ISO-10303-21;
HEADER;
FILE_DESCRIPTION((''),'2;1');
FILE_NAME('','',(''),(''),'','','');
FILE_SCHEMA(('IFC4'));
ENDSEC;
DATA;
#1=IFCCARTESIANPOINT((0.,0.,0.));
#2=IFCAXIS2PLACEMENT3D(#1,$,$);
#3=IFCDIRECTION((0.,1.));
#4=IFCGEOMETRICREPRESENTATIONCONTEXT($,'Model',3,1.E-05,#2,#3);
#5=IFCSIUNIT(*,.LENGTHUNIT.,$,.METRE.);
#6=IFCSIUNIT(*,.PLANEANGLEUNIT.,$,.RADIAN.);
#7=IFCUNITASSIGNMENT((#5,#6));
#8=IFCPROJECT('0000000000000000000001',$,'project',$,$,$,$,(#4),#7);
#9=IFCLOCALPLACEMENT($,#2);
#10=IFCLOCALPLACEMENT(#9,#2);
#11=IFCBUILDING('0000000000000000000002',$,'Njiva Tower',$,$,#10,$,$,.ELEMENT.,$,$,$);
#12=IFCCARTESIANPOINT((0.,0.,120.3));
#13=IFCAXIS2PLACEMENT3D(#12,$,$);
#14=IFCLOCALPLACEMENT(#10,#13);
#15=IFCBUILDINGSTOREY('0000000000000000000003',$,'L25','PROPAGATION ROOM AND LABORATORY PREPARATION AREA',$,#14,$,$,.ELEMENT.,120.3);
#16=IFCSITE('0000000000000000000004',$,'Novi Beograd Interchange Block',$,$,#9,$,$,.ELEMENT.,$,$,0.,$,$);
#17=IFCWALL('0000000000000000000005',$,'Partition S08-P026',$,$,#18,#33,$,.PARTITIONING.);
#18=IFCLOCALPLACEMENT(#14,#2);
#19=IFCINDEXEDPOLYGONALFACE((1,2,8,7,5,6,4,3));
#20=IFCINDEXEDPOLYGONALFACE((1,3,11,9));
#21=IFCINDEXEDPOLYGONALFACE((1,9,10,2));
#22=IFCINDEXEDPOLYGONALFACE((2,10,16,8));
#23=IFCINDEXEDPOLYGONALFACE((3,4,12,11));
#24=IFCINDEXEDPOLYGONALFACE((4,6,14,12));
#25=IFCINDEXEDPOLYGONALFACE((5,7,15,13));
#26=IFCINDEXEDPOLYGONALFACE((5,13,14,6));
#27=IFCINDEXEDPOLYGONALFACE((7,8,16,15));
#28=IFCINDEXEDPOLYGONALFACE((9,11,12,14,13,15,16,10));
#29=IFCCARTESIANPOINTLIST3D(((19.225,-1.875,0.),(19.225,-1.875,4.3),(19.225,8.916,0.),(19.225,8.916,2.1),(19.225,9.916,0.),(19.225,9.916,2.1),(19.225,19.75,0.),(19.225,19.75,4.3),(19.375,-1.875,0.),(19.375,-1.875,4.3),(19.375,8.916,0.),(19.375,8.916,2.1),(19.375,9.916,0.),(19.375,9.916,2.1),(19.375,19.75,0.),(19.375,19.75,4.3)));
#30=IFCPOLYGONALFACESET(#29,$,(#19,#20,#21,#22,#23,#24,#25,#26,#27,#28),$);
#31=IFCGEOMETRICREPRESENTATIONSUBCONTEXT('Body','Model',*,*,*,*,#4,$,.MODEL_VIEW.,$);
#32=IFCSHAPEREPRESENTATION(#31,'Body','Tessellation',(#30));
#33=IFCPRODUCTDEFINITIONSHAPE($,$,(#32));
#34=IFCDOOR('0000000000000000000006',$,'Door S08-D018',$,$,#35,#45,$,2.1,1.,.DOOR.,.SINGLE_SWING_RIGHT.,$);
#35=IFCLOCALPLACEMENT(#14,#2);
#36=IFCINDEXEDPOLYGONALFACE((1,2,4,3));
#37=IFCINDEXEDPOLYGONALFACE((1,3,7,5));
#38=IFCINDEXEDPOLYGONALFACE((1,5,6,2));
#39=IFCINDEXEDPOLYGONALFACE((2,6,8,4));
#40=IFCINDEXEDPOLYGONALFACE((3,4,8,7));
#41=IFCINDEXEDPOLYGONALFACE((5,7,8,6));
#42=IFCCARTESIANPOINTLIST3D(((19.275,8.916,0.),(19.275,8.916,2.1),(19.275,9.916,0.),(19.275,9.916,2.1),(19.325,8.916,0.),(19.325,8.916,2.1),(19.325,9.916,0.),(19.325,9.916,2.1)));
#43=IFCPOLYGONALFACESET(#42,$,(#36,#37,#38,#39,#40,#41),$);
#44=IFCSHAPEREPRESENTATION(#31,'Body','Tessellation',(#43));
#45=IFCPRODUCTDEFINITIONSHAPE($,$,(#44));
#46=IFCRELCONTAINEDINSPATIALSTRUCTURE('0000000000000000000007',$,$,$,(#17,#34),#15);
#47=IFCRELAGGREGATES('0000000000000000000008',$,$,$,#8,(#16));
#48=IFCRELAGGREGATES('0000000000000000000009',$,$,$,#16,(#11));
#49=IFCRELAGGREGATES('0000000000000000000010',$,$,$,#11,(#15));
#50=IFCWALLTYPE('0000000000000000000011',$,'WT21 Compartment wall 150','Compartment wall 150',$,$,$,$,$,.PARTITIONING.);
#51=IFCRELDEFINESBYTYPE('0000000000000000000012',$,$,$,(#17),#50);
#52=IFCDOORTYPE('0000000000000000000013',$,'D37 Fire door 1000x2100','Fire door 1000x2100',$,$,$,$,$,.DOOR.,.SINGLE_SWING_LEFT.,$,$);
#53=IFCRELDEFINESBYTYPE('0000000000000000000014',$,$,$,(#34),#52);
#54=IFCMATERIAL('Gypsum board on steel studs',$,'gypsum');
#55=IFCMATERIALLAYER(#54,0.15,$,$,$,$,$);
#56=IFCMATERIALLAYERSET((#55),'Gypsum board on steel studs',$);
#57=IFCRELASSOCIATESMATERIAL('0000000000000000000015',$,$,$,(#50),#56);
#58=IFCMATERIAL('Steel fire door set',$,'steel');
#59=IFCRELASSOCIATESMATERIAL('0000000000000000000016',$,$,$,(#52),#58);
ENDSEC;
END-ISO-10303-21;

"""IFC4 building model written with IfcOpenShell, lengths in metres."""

from ifc_helpers import new_model, si_unit, direction, frame, frame_2d, origin, place, context, subcontext, project, spatial, rectangle, extrude, material, layer, layer_set, type_object, element, fill, save


model = new_model("IFC4")

# Units and contexts
model_context = context("Model", 3, precision=1e-05, world=origin(), true_north=direction((0.0, 1.0)))
body_context = subcontext(model_context, "Body", "Model", "MODEL_VIEW")
ifc_project = project(units=[si_unit("LENGTHUNIT", "METRE"), si_unit("PLANEANGLEUNIT", "RADIAN")], contexts=[model_context])

# Site, building, storey
site_placement = place(None, origin())
site = spatial("IfcSite", under=ifc_project, at=site_placement, Name="Novi Beograd Interchange Block", CompositionType="ELEMENT", RefElevation=0.0)
building_placement = place(site_placement, origin())
building = spatial("IfcBuilding", under=site, at=building_placement, Name="Njiva Tower", CompositionType="ELEMENT")
storey_placement = place(building_placement, frame((0.0, 0.0, 120.3)))
storey = spatial("IfcBuildingStorey", under=building, at=storey_placement, Name="L25", Description="PROPAGATION ROOM AND LABORATORY PREPARATION AREA", CompositionType="ELEMENT", Elevation=120.3)

# Wall, opening, door
ifc_material_1 = material(Name="Gypsum board on steel studs", Category="gypsum")
ifc_layer = layer(ifc_material_1, 0.15)
ifc_layer_set = layer_set([ifc_layer], Name="Gypsum board on steel studs")
wall_type = type_object("IfcWallType", Name="WT21 Compartment wall 150", Description="Compartment wall 150", PredefinedType="PARTITIONING", material=ifc_layer_set)
ifc_material_2 = material(Name="Steel fire door set", Category="steel")
door_type = type_object("IfcDoorType", Name="D37 Fire door 1000x2100", Description="Fire door 1000x2100", OperationType="SINGLE_SWING_LEFT", PredefinedType="DOOR", material=ifc_material_2)
wall_1_placement = place(storey_placement, frame((19.3, -1.875, 0.0), z_axis=(0.0, 0.0, 1.0), x_axis=(0.0, 1.0, 0.0)))
wall_1 = element("IfcWall", 1, at=wall_1_placement, inside=storey, type_object=wall_type, Name="Partition S08-P026", PredefinedType="PARTITIONING", context=body_context, shape_type="SweptSolid", body=[
    extrude(rectangle(XDim=21.625, YDim=0.15, at=frame_2d((10.8125, 0.0))), origin(), (0.0, 0.0, 1.0), 4.3),
])
opening_1_placement = place(wall_1_placement, frame((10.791, 0.0, 0.0)))
opening_1 = element("IfcOpeningElement", 2, at=opening_1_placement, cuts=wall_1, PredefinedType="OPENING", context=body_context, shape_type="SweptSolid", body=[
    extrude(rectangle(XDim=1.0, YDim=2.1, at=frame_2d((0.5, 1.05))), frame((0.0, 0.085, 0.0), z_axis=(0.0, -1.0, 0.0), x_axis=(1.0, 0.0, 0.0)), (0.0, 0.0, 1.0), 0.17),
])
door_1_placement = place(opening_1_placement, origin())
door_1 = element("IfcDoor", 3, at=door_1_placement, inside=storey, type_object=door_type, Name="Door S08-D018", OperationType="SINGLE_SWING_RIGHT", OverallHeight=2.1, OverallWidth=1.0, PredefinedType="DOOR", context=body_context, shape_type="SweptSolid", body=[
    extrude(rectangle(XDim=1.0, YDim=2.1, at=frame_2d((0.5, 1.05))), frame((0.0, 0.025, 0.0), z_axis=(0.0, -1.0, 0.0), x_axis=(1.0, 0.0, 0.0)), (0.0, 0.0, 1.0), 0.05),
])
fill(opening_1, door_1)

save(model, "model.ifc")
